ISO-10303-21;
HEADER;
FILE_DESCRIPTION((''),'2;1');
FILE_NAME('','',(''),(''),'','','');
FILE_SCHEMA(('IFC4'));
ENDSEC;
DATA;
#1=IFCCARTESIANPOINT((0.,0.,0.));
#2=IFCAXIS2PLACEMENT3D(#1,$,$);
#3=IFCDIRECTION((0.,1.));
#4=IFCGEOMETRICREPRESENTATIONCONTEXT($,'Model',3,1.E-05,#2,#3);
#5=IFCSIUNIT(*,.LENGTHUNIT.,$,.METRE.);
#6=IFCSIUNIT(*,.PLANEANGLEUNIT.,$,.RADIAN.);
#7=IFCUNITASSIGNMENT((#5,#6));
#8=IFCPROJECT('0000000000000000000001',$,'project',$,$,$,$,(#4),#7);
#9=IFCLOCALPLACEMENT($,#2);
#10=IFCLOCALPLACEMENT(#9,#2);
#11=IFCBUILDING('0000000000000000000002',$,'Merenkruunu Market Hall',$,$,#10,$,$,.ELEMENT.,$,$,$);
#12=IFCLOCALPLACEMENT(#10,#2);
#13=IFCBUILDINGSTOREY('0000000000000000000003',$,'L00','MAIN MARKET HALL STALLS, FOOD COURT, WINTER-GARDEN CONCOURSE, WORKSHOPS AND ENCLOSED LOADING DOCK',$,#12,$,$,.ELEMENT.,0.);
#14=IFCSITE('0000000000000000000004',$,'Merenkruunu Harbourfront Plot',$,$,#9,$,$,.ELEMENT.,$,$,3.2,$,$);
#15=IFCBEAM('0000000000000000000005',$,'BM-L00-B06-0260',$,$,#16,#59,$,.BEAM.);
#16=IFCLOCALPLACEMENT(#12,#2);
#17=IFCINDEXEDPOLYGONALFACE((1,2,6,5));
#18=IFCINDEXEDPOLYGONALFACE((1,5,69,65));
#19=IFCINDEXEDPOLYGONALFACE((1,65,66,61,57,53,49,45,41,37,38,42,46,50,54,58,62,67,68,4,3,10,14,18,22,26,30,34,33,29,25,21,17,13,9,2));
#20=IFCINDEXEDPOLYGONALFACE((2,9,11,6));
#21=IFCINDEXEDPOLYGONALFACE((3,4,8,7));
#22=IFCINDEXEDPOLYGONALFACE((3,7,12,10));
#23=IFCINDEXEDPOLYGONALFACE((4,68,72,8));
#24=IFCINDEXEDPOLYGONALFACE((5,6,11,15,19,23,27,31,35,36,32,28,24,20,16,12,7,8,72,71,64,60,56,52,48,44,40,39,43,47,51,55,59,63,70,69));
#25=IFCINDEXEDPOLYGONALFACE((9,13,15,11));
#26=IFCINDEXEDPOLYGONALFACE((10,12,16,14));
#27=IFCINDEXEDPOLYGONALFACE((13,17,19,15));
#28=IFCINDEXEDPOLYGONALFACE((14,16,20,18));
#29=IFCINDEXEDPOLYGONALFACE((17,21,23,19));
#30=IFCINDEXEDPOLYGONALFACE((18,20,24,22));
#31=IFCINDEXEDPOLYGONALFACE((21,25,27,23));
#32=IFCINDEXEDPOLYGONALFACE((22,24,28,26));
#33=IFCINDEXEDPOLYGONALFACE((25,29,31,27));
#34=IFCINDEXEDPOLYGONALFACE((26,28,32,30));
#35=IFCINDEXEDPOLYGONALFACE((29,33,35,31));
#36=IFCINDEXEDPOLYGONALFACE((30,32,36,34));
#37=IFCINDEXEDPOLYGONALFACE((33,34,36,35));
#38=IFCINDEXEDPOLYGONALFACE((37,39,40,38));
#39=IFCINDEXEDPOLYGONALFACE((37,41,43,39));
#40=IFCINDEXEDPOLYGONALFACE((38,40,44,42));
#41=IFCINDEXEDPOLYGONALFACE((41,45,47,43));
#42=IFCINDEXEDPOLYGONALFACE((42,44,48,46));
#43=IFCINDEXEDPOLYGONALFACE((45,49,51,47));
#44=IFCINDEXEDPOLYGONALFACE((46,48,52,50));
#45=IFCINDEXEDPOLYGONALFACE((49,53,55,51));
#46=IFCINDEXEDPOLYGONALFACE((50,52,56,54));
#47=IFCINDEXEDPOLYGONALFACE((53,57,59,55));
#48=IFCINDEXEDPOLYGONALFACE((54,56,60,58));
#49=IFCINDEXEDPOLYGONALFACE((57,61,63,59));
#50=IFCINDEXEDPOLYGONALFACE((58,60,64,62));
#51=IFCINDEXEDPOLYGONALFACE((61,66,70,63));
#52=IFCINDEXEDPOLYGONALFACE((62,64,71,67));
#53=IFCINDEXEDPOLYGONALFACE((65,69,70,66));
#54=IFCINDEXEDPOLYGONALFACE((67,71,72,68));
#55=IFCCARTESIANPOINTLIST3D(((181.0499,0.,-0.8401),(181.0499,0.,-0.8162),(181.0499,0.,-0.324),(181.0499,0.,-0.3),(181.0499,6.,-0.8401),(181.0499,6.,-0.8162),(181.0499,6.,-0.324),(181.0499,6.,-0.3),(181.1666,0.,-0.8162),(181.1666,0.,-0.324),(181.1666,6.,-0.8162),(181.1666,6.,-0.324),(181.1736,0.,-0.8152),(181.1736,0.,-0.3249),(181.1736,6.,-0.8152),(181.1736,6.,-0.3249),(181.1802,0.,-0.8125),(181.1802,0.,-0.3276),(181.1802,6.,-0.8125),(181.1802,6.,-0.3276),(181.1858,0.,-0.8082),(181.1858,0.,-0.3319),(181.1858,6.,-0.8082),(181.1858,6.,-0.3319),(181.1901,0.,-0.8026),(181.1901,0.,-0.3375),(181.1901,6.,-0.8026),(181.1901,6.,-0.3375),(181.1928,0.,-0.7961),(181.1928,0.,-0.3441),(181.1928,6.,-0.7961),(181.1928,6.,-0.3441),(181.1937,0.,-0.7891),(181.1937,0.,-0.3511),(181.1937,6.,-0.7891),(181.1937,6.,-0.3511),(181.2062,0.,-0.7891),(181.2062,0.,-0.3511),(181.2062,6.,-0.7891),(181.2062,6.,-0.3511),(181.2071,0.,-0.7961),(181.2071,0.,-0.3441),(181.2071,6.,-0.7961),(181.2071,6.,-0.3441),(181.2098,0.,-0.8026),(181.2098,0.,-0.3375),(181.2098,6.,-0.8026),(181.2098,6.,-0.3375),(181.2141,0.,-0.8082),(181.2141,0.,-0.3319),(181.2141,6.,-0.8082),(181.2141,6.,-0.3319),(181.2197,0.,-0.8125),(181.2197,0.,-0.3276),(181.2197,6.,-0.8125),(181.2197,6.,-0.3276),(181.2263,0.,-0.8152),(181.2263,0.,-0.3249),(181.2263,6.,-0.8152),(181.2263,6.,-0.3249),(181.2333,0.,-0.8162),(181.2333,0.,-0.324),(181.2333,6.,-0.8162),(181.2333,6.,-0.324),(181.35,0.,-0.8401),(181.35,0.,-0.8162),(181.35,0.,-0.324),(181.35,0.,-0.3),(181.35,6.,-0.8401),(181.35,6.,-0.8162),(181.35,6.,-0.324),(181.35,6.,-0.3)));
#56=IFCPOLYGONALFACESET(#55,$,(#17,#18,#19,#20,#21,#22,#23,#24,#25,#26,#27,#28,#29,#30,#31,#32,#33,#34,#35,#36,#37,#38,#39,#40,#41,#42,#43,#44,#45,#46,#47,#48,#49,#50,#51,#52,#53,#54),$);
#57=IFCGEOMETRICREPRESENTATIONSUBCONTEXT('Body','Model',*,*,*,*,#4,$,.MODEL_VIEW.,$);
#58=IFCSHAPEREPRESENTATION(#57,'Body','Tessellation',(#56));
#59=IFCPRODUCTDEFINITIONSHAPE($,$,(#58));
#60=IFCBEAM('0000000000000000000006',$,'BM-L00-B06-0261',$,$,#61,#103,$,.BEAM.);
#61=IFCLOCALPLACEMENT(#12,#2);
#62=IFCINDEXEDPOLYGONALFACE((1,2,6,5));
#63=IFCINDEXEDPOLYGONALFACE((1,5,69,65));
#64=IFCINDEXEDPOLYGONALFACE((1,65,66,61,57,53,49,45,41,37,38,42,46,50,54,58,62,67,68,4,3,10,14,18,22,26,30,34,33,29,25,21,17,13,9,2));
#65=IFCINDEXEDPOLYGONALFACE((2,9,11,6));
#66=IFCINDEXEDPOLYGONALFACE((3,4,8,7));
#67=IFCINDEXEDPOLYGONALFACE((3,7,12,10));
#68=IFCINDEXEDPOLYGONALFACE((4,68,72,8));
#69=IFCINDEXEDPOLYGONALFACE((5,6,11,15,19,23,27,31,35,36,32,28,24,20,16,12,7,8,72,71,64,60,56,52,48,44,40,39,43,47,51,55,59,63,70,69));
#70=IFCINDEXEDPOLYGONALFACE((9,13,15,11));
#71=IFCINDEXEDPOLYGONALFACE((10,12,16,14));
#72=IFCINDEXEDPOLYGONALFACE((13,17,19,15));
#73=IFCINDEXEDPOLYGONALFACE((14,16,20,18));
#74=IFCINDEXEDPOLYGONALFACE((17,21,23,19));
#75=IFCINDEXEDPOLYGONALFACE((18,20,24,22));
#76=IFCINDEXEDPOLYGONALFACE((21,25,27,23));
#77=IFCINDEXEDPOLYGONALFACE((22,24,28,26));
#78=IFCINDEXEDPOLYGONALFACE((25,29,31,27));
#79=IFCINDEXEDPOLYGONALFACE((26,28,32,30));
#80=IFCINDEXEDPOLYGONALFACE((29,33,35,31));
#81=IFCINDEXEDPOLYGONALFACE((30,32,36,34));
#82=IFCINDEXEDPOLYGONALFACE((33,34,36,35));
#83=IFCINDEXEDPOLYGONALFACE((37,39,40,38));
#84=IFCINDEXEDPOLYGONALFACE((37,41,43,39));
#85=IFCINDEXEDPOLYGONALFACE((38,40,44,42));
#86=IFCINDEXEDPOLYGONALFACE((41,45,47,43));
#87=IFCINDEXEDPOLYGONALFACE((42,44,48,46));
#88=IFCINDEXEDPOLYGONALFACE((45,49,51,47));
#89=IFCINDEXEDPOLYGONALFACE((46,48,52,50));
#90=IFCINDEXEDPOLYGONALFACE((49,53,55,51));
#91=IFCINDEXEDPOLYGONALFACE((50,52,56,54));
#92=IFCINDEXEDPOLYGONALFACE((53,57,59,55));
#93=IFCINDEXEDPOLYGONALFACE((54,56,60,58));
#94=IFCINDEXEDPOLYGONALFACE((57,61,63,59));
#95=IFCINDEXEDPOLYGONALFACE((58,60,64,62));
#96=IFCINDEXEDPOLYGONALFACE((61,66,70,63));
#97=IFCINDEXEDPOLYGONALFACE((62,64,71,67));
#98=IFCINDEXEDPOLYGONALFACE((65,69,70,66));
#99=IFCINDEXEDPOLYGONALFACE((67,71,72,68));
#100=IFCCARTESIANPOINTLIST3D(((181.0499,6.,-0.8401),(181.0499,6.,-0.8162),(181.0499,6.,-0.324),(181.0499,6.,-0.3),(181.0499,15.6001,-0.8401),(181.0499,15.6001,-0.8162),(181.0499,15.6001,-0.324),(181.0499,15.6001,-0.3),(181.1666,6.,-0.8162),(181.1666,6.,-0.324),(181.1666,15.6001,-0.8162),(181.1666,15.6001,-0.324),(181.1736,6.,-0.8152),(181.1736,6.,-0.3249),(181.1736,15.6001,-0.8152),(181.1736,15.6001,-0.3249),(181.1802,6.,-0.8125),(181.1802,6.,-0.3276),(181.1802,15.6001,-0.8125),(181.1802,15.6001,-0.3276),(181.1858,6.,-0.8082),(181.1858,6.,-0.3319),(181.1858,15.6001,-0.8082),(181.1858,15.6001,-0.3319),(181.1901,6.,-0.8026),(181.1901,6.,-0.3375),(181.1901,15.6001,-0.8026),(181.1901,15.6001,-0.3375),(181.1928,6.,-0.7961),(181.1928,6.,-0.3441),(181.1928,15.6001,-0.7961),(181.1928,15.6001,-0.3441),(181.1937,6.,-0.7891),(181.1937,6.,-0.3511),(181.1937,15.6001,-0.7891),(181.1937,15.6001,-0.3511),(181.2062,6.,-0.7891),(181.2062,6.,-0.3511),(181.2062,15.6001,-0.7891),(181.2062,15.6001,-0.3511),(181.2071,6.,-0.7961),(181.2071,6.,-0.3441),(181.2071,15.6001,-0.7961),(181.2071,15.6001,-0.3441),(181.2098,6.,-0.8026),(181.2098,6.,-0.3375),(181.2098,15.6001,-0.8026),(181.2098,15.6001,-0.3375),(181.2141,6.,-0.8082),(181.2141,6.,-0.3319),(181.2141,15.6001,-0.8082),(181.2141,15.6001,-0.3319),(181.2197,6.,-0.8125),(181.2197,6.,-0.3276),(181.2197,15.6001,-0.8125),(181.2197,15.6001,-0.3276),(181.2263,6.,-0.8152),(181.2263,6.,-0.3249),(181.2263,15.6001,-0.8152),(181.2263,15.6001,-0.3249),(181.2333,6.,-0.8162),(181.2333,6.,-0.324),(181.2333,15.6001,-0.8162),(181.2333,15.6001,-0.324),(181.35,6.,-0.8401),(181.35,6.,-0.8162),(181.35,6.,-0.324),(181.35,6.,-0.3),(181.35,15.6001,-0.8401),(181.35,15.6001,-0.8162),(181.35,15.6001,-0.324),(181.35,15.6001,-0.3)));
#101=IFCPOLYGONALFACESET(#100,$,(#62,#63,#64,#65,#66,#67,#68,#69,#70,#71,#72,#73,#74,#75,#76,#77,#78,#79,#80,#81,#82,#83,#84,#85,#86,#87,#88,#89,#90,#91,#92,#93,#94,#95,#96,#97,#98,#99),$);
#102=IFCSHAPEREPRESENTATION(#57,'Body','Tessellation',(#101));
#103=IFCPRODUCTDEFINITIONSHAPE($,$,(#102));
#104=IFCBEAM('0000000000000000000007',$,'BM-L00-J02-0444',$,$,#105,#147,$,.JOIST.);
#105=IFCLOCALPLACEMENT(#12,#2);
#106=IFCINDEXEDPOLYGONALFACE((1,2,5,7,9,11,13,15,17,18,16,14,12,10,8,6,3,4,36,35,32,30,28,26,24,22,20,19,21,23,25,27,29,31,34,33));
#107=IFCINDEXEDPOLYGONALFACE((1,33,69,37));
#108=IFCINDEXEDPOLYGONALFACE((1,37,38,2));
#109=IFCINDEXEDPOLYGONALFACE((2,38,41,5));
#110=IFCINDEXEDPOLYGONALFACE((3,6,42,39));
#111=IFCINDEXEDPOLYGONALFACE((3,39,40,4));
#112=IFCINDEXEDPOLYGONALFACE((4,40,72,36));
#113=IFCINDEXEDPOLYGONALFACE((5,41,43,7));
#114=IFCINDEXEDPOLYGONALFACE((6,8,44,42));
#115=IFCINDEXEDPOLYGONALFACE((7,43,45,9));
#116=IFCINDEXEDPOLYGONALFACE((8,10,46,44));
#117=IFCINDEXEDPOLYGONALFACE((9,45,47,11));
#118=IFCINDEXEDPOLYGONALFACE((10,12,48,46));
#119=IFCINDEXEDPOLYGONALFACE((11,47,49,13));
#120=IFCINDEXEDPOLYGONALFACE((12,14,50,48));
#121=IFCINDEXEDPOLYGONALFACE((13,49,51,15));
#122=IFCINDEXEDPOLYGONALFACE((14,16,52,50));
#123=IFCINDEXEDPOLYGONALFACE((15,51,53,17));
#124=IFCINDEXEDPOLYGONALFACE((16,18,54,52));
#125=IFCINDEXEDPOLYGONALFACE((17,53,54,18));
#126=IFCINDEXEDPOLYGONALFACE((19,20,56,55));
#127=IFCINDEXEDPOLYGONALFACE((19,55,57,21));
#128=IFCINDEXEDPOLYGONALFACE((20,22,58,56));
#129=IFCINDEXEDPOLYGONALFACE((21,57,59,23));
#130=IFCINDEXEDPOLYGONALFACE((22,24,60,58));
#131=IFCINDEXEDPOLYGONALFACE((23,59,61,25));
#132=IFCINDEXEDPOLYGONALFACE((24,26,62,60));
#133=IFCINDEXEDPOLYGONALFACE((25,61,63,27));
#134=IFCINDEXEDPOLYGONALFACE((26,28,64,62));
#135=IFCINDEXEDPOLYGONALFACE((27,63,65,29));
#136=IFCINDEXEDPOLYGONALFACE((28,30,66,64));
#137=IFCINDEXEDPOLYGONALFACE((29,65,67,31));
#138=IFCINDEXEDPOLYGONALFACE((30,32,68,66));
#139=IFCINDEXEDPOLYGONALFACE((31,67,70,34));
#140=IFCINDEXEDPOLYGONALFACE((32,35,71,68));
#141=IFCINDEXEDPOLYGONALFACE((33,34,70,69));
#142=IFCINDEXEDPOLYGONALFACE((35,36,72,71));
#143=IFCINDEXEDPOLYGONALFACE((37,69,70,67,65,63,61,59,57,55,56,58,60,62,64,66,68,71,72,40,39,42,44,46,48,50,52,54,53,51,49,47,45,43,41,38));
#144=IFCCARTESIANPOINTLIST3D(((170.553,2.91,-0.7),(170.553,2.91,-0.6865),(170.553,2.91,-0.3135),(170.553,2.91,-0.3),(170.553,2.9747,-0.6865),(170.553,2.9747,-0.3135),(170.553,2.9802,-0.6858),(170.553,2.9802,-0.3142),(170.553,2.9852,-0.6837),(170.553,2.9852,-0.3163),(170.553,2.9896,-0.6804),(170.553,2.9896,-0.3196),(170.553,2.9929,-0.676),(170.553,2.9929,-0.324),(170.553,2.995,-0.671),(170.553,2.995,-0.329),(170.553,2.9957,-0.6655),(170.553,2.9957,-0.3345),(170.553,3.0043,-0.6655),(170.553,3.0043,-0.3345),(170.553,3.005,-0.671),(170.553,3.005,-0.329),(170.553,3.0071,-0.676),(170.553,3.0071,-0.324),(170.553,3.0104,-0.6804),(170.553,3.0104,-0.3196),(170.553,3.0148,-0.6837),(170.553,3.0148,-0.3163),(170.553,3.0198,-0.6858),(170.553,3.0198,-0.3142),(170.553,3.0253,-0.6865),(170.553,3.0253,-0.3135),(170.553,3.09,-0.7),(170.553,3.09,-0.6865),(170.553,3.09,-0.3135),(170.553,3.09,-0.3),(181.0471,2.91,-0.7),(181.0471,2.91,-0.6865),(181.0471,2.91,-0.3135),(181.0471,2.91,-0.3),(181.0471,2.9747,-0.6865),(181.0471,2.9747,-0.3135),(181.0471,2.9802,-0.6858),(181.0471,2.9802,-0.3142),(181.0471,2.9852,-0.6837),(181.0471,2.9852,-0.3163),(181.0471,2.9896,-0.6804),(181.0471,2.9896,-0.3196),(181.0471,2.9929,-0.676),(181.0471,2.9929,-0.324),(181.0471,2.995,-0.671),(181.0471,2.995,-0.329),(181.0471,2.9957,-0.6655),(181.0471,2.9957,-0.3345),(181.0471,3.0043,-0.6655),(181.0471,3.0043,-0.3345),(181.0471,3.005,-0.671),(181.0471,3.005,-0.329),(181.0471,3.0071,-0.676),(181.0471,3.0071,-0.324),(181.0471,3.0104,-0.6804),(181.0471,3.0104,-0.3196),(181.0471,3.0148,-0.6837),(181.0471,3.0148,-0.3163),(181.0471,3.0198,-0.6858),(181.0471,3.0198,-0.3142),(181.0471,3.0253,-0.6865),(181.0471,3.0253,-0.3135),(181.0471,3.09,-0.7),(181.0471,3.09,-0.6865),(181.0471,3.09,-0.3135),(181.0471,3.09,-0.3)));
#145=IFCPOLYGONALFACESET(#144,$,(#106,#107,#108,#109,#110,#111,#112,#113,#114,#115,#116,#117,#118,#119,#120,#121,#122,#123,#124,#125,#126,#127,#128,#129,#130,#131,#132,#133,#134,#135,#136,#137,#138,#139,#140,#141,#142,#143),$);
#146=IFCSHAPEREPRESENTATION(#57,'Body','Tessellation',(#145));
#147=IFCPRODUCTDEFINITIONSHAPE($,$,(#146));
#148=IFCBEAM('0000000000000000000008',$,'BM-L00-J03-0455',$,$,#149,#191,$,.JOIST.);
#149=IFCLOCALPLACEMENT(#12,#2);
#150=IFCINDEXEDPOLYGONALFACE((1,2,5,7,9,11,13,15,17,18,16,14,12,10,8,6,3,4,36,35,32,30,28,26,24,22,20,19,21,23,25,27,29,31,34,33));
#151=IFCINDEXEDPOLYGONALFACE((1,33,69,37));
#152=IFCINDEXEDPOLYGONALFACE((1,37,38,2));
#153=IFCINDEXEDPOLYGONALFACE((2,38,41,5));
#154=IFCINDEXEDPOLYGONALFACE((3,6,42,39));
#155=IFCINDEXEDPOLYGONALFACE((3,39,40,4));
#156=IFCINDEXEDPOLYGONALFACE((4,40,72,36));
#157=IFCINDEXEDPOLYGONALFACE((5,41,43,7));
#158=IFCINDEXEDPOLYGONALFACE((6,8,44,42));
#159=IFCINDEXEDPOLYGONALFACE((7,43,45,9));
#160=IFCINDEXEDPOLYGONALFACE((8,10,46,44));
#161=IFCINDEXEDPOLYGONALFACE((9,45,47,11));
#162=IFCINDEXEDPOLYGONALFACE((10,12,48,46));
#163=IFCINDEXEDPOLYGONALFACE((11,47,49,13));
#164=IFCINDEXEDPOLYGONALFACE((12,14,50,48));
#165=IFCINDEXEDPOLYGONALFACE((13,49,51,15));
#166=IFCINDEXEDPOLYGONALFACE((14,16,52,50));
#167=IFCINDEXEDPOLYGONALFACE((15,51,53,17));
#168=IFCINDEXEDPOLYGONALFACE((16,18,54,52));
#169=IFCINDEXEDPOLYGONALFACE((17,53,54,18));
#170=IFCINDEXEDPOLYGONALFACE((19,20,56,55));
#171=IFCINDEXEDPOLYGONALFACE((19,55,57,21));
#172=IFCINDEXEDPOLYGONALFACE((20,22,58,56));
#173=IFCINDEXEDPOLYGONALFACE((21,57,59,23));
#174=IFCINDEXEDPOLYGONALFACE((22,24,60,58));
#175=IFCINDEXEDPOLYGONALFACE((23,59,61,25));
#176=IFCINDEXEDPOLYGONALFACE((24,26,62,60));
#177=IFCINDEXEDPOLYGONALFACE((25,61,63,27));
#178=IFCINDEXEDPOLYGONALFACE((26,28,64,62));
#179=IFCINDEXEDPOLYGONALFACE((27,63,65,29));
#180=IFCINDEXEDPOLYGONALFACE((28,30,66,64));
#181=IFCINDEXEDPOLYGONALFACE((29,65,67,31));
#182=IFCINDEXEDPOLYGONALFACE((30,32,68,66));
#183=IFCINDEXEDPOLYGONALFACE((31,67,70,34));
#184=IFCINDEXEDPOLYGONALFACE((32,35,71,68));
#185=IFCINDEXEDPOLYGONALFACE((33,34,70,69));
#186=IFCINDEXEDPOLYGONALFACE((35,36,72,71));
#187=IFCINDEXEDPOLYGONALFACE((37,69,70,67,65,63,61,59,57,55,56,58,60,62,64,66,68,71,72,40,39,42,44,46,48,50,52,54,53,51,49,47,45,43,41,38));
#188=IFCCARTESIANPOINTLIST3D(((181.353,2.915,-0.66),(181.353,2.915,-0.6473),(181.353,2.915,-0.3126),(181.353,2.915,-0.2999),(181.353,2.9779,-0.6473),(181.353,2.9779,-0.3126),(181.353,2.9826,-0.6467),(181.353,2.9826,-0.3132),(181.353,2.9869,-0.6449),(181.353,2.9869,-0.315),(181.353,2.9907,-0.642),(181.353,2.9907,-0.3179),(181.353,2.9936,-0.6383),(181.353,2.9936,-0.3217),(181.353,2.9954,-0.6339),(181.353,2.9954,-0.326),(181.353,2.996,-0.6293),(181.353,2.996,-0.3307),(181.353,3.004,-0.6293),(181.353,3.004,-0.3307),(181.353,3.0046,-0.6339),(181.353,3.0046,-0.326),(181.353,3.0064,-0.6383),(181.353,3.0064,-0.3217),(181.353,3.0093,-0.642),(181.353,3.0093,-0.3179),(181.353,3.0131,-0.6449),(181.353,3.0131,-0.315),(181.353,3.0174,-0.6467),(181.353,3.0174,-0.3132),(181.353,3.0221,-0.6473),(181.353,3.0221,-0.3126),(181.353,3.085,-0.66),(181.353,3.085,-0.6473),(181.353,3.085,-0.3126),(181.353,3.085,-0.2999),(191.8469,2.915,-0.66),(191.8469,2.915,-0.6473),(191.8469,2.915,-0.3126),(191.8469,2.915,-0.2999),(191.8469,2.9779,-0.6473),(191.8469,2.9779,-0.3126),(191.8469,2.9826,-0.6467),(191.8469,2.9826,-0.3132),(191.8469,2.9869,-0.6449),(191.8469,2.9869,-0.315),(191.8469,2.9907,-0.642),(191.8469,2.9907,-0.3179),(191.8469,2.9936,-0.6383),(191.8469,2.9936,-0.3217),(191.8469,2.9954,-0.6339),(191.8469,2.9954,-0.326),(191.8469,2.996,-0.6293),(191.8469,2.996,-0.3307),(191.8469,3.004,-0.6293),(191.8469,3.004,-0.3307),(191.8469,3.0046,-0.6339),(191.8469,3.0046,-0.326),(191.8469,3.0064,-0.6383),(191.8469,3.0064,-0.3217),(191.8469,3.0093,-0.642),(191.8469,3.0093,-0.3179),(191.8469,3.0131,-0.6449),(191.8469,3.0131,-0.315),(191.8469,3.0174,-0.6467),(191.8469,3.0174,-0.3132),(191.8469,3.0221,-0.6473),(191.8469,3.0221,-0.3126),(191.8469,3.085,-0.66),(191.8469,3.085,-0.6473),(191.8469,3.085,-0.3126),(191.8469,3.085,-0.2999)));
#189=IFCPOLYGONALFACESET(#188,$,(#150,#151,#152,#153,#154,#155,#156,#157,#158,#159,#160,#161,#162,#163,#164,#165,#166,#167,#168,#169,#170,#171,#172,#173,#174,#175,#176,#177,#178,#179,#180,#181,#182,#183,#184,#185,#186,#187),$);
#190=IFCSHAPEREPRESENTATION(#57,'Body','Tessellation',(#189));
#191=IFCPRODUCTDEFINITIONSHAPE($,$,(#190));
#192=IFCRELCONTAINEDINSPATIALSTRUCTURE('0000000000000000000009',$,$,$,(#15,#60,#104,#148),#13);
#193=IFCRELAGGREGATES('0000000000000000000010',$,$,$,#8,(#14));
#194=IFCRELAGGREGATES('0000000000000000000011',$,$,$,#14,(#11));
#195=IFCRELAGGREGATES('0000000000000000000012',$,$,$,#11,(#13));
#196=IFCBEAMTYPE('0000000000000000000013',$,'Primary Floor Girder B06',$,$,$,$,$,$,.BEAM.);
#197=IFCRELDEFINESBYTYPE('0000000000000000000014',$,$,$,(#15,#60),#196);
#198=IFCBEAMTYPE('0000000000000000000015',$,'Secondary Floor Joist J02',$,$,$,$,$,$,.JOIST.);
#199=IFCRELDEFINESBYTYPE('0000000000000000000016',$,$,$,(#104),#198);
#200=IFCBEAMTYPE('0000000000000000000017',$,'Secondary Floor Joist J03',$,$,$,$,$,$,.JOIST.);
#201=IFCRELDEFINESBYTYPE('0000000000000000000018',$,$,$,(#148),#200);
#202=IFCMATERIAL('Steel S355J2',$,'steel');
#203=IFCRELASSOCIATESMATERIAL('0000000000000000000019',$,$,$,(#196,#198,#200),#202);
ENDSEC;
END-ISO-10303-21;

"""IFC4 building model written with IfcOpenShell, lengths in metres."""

from ifc_helpers import new_model, si_unit, direction, frame, origin, origin_2d, place, context, subcontext, project, spatial, i_section, extrude, material, material_profile, profile_set, type_object, element, save


model = new_model("IFC4")

# Units and contexts
model_context = context("Model", 3, precision=1e-05, world=origin(), true_north=direction((0.0, 1.0)))
body_context = subcontext(model_context, "Body", "Model", "MODEL_VIEW")
ifc_project = project(units=[si_unit("LENGTHUNIT", "METRE"), si_unit("PLANEANGLEUNIT", "RADIAN")], contexts=[model_context])

# Site, building, storey
site_placement = place(None, origin())
site = spatial("IfcSite", under=ifc_project, at=site_placement, Name="Merenkruunu Harbourfront Plot", CompositionType="ELEMENT", RefElevation=3.2)
building_placement = place(site_placement, origin())
building = spatial("IfcBuilding", under=site, at=building_placement, Name="Merenkruunu Market Hall", CompositionType="ELEMENT")
storey_placement = place(building_placement, origin())
storey = spatial("IfcBuildingStorey", under=building, at=storey_placement, Name="L00", Description="MAIN MARKET HALL STALLS, FOOD COURT, WINTER-GARDEN CONCOURSE, WORKSHOPS AND ENCLOSED LOADING DOCK", CompositionType="ELEMENT", Elevation=0.0)

# Beams
ifc_material_1 = material(Name="Steel S355J2", Category="steel")
ifc_material_profile_1 = material_profile(ifc_material_1, i_section(OverallWidth=0.3, OverallDepth=0.54, WebThickness=0.0125, FlangeThickness=0.0239, FilletRadius=0.0271, at=origin_2d()), Name="HEA 550")
ifc_profile_set_1 = profile_set([ifc_material_profile_1], Name="Steel S355J2")
beam_type_1 = type_object("IfcBeamType", Name="Primary Floor Girder B06", PredefinedType="BEAM", material=ifc_profile_set_1)
beam_1_placement = place(storey_placement, frame((181.2, 0.0, -0.5701), z_axis=(0.0, 1.0, 0.0), x_axis=(-1.0, 0.0, 0.0)))
element("IfcBeam", 1, at=beam_1_placement, inside=storey, type_object=beam_type_1, Name="BM-L00-B06-0260", PredefinedType="BEAM", context=body_context, shape_type="SweptSolid", body=[
    extrude(i_section(OverallWidth=0.3, OverallDepth=0.54, WebThickness=0.0125, FlangeThickness=0.0239, FilletRadius=0.0271, at=origin_2d()), origin(), (0.0, 0.0, 1.0), 6.0),
])
beam_2_placement = place(storey_placement, frame((181.2, 6.0, -0.5701), z_axis=(0.0, 1.0, 0.0), x_axis=(-1.0, 0.0, 0.0)))
element("IfcBeam", 2, at=beam_2_placement, inside=storey, type_object=beam_type_1, Name="BM-L00-B06-0261", PredefinedType="BEAM", context=body_context, shape_type="SweptSolid", body=[
    extrude(i_section(OverallWidth=0.3, OverallDepth=0.54, WebThickness=0.0125, FlangeThickness=0.0239, FilletRadius=0.0271, at=origin_2d()), origin(), (0.0, 0.0, 1.0), 9.6001),
])
ifc_material_profile_2 = material_profile(ifc_material_1, i_section(OverallWidth=0.1799, OverallDepth=0.3999, WebThickness=0.0085, FlangeThickness=0.0134, FilletRadius=0.021, at=origin_2d()), Name="IPE 400")
ifc_profile_set_2 = profile_set([ifc_material_profile_2], Name="Steel S355J2")
beam_type_2 = type_object("IfcBeamType", Name="Secondary Floor Joist J02", PredefinedType="JOIST", material=ifc_profile_set_2)
beam_3_placement = place(storey_placement, frame((170.553, 3.0, -0.5), z_axis=(1.0, 0.0, 0.0), x_axis=(0.0, 1.0, 0.0)))
element("IfcBeam", 3, at=beam_3_placement, inside=storey, type_object=beam_type_2, Name="BM-L00-J02-0444", PredefinedType="JOIST", context=body_context, shape_type="SweptSolid", body=[
    extrude(i_section(OverallWidth=0.1799, OverallDepth=0.3999, WebThickness=0.0085, FlangeThickness=0.0134, FilletRadius=0.021, at=origin_2d()), origin(), (0.0, 0.0, 1.0), 10.4941),
])
ifc_material_profile_3 = material_profile(ifc_material_1, i_section(OverallWidth=0.1699, OverallDepth=0.3601, WebThickness=0.0081, FlangeThickness=0.0127, FilletRadius=0.0181, at=origin_2d()), Name="IPE 360")
ifc_profile_set_3 = profile_set([ifc_material_profile_3], Name="Steel S355J2")
beam_type_3 = type_object("IfcBeamType", Name="Secondary Floor Joist J03", PredefinedType="JOIST", material=ifc_profile_set_3)
beam_4_placement = place(storey_placement, frame((181.353, 3.0, -0.48), z_axis=(1.0, 0.0, 0.0), x_axis=(0.0, 1.0, 0.0)))
element("IfcBeam", 4, at=beam_4_placement, inside=storey, type_object=beam_type_3, Name="BM-L00-J03-0455", PredefinedType="JOIST", context=body_context, shape_type="SweptSolid", body=[
    extrude(i_section(OverallWidth=0.1699, OverallDepth=0.3601, WebThickness=0.0081, FlangeThickness=0.0127, FilletRadius=0.0181, at=origin_2d()), origin(), (0.0, 0.0, 1.0), 10.4939),
])

save(model, "model.ifc")
